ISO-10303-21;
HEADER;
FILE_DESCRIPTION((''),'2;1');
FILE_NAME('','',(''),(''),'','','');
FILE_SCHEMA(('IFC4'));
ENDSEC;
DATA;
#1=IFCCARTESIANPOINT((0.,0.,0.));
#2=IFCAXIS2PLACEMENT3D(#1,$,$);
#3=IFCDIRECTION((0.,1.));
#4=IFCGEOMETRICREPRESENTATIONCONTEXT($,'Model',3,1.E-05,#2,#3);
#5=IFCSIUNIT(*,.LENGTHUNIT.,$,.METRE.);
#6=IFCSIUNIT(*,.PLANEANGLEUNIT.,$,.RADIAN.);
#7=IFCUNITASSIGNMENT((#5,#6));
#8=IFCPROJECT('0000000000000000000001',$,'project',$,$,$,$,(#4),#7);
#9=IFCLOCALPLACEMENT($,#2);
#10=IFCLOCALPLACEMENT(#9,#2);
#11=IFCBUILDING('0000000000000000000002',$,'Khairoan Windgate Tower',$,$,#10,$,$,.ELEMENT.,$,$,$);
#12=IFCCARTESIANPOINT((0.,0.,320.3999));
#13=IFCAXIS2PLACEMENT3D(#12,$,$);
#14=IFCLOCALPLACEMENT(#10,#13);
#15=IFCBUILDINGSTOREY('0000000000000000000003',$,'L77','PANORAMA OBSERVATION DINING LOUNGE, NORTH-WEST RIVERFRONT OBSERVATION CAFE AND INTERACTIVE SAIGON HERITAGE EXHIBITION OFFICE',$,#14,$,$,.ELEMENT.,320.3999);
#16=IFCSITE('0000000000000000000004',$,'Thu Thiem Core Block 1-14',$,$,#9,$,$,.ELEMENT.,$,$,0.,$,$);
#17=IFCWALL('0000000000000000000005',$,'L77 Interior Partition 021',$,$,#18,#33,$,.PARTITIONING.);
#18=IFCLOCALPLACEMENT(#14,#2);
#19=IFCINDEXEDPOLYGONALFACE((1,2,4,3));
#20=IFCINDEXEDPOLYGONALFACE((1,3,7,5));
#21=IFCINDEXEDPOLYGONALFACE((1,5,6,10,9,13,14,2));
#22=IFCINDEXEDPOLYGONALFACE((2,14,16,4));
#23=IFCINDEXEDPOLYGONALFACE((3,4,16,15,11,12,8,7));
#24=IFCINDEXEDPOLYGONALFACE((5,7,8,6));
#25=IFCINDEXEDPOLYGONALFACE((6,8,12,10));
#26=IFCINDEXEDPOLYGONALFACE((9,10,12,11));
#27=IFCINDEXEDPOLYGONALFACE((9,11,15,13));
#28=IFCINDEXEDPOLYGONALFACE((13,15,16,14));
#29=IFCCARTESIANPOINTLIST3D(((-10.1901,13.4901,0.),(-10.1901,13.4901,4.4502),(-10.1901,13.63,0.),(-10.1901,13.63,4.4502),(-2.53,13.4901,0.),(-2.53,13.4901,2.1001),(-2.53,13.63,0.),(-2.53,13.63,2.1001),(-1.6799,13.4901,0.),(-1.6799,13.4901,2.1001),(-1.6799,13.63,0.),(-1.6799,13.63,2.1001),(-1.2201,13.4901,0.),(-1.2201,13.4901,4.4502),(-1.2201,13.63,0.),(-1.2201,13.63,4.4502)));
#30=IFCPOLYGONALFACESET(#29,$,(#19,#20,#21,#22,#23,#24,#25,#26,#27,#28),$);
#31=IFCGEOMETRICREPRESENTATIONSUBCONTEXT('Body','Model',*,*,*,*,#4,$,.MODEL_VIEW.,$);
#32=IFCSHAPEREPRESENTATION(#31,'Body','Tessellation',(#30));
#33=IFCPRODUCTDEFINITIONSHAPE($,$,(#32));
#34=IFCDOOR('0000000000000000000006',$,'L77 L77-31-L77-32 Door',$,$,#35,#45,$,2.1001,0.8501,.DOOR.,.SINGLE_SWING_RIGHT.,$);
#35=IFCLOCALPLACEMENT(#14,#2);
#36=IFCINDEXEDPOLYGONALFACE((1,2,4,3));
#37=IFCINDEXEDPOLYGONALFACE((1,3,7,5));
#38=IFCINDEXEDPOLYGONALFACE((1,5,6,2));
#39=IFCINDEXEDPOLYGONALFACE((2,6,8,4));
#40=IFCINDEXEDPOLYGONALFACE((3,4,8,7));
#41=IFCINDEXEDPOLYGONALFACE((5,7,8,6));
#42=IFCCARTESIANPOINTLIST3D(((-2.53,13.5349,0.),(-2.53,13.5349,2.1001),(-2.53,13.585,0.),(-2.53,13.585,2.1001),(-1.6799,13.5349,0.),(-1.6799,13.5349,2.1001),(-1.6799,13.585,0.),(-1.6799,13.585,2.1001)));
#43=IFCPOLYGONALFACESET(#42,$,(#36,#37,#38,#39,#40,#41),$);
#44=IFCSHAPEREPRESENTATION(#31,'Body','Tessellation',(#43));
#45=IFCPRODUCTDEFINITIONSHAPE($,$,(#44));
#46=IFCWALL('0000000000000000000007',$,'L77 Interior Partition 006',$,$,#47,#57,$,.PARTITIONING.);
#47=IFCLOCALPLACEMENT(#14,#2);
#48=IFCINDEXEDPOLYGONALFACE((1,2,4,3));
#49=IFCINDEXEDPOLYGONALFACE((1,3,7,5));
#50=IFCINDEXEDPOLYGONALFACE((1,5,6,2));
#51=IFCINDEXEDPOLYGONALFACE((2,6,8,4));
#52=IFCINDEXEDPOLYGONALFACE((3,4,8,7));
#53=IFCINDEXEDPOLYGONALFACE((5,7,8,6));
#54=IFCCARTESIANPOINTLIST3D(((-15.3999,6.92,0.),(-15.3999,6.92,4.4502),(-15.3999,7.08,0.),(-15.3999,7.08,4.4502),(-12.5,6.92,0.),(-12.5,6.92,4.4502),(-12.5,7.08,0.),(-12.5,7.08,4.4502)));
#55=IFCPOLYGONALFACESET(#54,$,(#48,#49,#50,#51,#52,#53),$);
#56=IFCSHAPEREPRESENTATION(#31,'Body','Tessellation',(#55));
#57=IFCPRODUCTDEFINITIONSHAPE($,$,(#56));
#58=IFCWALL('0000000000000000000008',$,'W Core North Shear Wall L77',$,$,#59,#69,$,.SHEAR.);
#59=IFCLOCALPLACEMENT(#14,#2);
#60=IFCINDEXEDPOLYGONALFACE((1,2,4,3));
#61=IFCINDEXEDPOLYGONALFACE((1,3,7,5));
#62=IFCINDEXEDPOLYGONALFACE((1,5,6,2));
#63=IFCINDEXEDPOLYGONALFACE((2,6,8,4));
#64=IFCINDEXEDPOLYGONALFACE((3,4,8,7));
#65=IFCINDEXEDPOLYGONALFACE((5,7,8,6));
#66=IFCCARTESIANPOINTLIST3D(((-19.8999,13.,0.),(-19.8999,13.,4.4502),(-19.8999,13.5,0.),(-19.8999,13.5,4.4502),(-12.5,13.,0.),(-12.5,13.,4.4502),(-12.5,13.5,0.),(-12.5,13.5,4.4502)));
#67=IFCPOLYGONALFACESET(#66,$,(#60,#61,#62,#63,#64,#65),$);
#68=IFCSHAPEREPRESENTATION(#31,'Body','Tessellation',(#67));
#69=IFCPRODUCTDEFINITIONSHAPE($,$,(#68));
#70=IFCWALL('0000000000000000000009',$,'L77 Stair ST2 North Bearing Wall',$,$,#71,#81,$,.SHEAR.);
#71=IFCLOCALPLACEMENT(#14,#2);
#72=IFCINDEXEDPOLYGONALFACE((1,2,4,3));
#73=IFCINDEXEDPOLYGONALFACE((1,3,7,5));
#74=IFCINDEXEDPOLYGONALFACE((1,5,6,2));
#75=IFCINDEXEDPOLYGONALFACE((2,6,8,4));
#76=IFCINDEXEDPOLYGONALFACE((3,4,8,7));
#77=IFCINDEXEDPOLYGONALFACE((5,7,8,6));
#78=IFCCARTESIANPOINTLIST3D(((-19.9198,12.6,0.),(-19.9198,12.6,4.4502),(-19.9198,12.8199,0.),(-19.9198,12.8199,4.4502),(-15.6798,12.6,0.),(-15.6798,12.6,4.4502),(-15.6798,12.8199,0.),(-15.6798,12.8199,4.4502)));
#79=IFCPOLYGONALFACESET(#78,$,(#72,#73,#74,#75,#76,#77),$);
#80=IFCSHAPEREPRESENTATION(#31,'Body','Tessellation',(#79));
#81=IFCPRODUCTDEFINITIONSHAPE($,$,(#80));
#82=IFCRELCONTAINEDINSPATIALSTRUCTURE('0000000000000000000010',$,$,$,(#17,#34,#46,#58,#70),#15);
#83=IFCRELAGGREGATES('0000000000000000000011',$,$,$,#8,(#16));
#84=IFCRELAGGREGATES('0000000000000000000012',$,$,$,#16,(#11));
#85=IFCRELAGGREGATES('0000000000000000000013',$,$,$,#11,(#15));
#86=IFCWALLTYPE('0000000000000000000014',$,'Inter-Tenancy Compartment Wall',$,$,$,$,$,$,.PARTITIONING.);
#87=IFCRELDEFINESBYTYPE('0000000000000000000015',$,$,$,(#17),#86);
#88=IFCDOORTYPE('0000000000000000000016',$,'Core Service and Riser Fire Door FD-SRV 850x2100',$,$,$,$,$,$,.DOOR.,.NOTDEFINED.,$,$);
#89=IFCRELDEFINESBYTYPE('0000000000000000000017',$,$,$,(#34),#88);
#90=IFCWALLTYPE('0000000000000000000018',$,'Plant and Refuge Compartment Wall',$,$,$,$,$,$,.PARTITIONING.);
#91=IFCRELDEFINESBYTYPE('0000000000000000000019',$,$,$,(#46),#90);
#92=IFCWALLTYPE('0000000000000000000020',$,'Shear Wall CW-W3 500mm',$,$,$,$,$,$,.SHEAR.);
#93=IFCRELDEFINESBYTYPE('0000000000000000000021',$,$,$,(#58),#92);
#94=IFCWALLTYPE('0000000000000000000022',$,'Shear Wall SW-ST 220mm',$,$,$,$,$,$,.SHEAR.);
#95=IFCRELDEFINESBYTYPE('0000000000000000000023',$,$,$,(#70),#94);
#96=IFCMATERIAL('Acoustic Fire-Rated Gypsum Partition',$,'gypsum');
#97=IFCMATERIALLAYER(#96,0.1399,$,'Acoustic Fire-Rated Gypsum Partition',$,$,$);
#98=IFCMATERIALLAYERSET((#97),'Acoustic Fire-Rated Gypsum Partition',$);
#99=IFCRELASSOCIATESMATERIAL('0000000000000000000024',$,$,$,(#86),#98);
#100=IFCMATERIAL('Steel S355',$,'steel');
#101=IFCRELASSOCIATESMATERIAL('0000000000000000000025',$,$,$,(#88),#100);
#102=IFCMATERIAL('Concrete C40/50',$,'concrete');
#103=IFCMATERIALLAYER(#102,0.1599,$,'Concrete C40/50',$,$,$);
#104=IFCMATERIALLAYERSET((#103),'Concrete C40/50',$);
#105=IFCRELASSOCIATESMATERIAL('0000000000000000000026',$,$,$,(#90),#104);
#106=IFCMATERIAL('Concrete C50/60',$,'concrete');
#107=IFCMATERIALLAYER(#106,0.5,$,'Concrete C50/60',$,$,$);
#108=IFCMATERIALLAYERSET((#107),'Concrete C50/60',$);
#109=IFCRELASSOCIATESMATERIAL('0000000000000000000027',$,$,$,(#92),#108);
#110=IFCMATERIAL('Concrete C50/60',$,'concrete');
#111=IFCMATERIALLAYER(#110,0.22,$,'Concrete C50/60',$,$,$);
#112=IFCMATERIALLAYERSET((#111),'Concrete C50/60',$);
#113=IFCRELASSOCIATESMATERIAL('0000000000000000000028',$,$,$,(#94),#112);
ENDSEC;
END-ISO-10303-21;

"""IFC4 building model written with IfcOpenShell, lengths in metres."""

from ifc_helpers import new_model, si_unit, direction, frame, frame_2d, origin, place, context, subcontext, project, spatial, rectangle, extrude, material, layer, layer_set, type_object, element, fill, save


model = new_model("IFC4")

# Units and contexts
model_context = context("Model", 3, precision=1e-05, world=origin(), true_north=direction((0.0, 1.0)))
body_context = subcontext(model_context, "Body", "Model", "MODEL_VIEW")
ifc_project = project(units=[si_unit("LENGTHUNIT", "METRE"), si_unit("PLANEANGLEUNIT", "RADIAN")], contexts=[model_context])

# Site, building, storey
site_placement = place(None, origin())
site = spatial("IfcSite", under=ifc_project, at=site_placement, Name="Thu Thiem Core Block 1-14", CompositionType="ELEMENT", RefElevation=0.0)
building_placement = place(site_placement, origin())
building = spatial("IfcBuilding", under=site, at=building_placement, Name="Khairoan Windgate Tower", CompositionType="ELEMENT")
storey_placement = place(building_placement, frame((0.0, 0.0, 320.3999)))
storey = spatial("IfcBuildingStorey", under=building, at=storey_placement, Name="L77", Description="PANORAMA OBSERVATION DINING LOUNGE, NORTH-WEST RIVERFRONT OBSERVATION CAFE AND INTERACTIVE SAIGON HERITAGE EXHIBITION OFFICE", CompositionType="ELEMENT", Elevation=320.3999)

# Wall, opening, door
ifc_material_1 = material(Name="Acoustic Fire-Rated Gypsum Partition", Category="gypsum")
ifc_layer_1 = layer(ifc_material_1, 0.1399, Name="Acoustic Fire-Rated Gypsum Partition")
ifc_layer_set_1 = layer_set([ifc_layer_1], Name="Acoustic Fire-Rated Gypsum Partition")
wall_type_1 = type_object("IfcWallType", Name="Inter-Tenancy Compartment Wall", PredefinedType="PARTITIONING", material=ifc_layer_set_1)
wall_1_placement = place(storey_placement, frame((-10.1899, 13.5601, 0.0), z_axis=(0.0, 0.0, 1.0), x_axis=(1.0, 0.0, 0.0)))
wall_1 = element("IfcWall", 1, at=wall_1_placement, inside=storey, type_object=wall_type_1, Name="L77 Interior Partition 021", PredefinedType="PARTITIONING", context=body_context, shape_type="SweptSolid", body=[
    extrude(rectangle(XDim=8.97, YDim=0.1399, at=frame_2d((4.4849, 0.0))), origin(), (0.0, 0.0, 1.0), 4.4502),
])
opening_placement = place(wall_1_placement, frame((7.6599, 0.0, 0.0)))
opening = element("IfcOpeningElement", 2, at=opening_placement, cuts=wall_1, PredefinedType="OPENING", context=body_context, shape_type="SweptSolid", body=[
    extrude(rectangle(XDim=0.8501, YDim=2.1001, at=frame_2d((0.425, 1.05))), frame((0.0, 0.0798, 0.0), z_axis=(0.0, -1.0, 0.0), x_axis=(1.0, 0.0, 0.0)), (0.0, 0.0, 1.0), 0.1599),
])
ifc_material_2 = material(Name="Steel S355", Category="steel")
door_type = type_object("IfcDoorType", Name="Core Service and Riser Fire Door FD-SRV 850x2100", OperationType="NOTDEFINED", PredefinedType="DOOR", material=ifc_material_2)
door_placement = place(opening_placement, origin())
door = element("IfcDoor", 3, at=door_placement, inside=storey, type_object=door_type, Name="L77 L77-31-L77-32 Door", OperationType="SINGLE_SWING_RIGHT", OverallHeight=2.1001, OverallWidth=0.8501, PredefinedType="DOOR", context=body_context, shape_type="SweptSolid", body=[
    extrude(rectangle(XDim=0.8501, YDim=2.1001, at=frame_2d((0.425, 1.05))), frame((0.0, 0.0249, 0.0), z_axis=(0.0, -1.0, 0.0), x_axis=(1.0, 0.0, 0.0)), (0.0, 0.0, 1.0), 0.05),
])
fill(opening, door)

# Walls
ifc_material_3 = material(Name="Concrete C40/50", Category="concrete")
ifc_layer_2 = layer(ifc_material_3, 0.1599, Name="Concrete C40/50")
ifc_layer_set_2 = layer_set([ifc_layer_2], Name="Concrete C40/50")
wall_type_2 = type_object("IfcWallType", Name="Plant and Refuge Compartment Wall", PredefinedType="PARTITIONING", material=ifc_layer_set_2)
wall_2_placement = place(storey_placement, frame((-15.3999, 7.0, 0.0), z_axis=(0.0, 0.0, 1.0), x_axis=(1.0, 0.0, 0.0)))
element("IfcWall", 4, at=wall_2_placement, inside=storey, type_object=wall_type_2, Name="L77 Interior Partition 006", PredefinedType="PARTITIONING", context=body_context, shape_type="SweptSolid", body=[
    extrude(rectangle(XDim=2.8999, YDim=0.1599, at=frame_2d((1.45, 0.0))), origin(), (0.0, 0.0, 1.0), 4.4502),
])
ifc_material_4 = material(Name="Concrete C50/60", Category="concrete")
ifc_layer_3 = layer(ifc_material_4, 0.5, Name="Concrete C50/60")
ifc_layer_set_3 = layer_set([ifc_layer_3], Name="Concrete C50/60")
wall_type_3 = type_object("IfcWallType", Name="Shear Wall CW-W3 500mm", PredefinedType="SHEAR", material=ifc_layer_set_3)
wall_3_placement = place(storey_placement, frame((-19.8999, 13.25, 0.0), z_axis=(0.0, 0.0, 1.0), x_axis=(1.0, 0.0, 0.0)))
element("IfcWall", 5, at=wall_3_placement, inside=storey, type_object=wall_type_3, Name="W Core North Shear Wall L77", PredefinedType="SHEAR", context=body_context, shape_type="SweptSolid", body=[
    extrude(rectangle(XDim=7.3999, YDim=0.5, at=frame_2d((3.7, 0.0))), origin(), (0.0, 0.0, 1.0), 4.4502),
])
ifc_material_5 = material(Name="Concrete C50/60", Category="concrete")
ifc_layer_4 = layer(ifc_material_5, 0.22, Name="Concrete C50/60")
ifc_layer_set_4 = layer_set([ifc_layer_4], Name="Concrete C50/60")
wall_type_4 = type_object("IfcWallType", Name="Shear Wall SW-ST 220mm", PredefinedType="SHEAR", material=ifc_layer_set_4)
wall_4_placement = place(storey_placement, frame((-19.9199, 12.71, 0.0), z_axis=(0.0, 0.0, 1.0), x_axis=(1.0, 0.0, 0.0)))
element("IfcWall", 6, at=wall_4_placement, inside=storey, type_object=wall_type_4, Name="L77 Stair ST2 North Bearing Wall", PredefinedType="SHEAR", context=body_context, shape_type="SweptSolid", body=[
    extrude(rectangle(XDim=4.24, YDim=0.22, at=frame_2d((2.1201, 0.0))), origin(), (0.0, 0.0, 1.0), 4.4502),
])

save(model, "model.ifc")
